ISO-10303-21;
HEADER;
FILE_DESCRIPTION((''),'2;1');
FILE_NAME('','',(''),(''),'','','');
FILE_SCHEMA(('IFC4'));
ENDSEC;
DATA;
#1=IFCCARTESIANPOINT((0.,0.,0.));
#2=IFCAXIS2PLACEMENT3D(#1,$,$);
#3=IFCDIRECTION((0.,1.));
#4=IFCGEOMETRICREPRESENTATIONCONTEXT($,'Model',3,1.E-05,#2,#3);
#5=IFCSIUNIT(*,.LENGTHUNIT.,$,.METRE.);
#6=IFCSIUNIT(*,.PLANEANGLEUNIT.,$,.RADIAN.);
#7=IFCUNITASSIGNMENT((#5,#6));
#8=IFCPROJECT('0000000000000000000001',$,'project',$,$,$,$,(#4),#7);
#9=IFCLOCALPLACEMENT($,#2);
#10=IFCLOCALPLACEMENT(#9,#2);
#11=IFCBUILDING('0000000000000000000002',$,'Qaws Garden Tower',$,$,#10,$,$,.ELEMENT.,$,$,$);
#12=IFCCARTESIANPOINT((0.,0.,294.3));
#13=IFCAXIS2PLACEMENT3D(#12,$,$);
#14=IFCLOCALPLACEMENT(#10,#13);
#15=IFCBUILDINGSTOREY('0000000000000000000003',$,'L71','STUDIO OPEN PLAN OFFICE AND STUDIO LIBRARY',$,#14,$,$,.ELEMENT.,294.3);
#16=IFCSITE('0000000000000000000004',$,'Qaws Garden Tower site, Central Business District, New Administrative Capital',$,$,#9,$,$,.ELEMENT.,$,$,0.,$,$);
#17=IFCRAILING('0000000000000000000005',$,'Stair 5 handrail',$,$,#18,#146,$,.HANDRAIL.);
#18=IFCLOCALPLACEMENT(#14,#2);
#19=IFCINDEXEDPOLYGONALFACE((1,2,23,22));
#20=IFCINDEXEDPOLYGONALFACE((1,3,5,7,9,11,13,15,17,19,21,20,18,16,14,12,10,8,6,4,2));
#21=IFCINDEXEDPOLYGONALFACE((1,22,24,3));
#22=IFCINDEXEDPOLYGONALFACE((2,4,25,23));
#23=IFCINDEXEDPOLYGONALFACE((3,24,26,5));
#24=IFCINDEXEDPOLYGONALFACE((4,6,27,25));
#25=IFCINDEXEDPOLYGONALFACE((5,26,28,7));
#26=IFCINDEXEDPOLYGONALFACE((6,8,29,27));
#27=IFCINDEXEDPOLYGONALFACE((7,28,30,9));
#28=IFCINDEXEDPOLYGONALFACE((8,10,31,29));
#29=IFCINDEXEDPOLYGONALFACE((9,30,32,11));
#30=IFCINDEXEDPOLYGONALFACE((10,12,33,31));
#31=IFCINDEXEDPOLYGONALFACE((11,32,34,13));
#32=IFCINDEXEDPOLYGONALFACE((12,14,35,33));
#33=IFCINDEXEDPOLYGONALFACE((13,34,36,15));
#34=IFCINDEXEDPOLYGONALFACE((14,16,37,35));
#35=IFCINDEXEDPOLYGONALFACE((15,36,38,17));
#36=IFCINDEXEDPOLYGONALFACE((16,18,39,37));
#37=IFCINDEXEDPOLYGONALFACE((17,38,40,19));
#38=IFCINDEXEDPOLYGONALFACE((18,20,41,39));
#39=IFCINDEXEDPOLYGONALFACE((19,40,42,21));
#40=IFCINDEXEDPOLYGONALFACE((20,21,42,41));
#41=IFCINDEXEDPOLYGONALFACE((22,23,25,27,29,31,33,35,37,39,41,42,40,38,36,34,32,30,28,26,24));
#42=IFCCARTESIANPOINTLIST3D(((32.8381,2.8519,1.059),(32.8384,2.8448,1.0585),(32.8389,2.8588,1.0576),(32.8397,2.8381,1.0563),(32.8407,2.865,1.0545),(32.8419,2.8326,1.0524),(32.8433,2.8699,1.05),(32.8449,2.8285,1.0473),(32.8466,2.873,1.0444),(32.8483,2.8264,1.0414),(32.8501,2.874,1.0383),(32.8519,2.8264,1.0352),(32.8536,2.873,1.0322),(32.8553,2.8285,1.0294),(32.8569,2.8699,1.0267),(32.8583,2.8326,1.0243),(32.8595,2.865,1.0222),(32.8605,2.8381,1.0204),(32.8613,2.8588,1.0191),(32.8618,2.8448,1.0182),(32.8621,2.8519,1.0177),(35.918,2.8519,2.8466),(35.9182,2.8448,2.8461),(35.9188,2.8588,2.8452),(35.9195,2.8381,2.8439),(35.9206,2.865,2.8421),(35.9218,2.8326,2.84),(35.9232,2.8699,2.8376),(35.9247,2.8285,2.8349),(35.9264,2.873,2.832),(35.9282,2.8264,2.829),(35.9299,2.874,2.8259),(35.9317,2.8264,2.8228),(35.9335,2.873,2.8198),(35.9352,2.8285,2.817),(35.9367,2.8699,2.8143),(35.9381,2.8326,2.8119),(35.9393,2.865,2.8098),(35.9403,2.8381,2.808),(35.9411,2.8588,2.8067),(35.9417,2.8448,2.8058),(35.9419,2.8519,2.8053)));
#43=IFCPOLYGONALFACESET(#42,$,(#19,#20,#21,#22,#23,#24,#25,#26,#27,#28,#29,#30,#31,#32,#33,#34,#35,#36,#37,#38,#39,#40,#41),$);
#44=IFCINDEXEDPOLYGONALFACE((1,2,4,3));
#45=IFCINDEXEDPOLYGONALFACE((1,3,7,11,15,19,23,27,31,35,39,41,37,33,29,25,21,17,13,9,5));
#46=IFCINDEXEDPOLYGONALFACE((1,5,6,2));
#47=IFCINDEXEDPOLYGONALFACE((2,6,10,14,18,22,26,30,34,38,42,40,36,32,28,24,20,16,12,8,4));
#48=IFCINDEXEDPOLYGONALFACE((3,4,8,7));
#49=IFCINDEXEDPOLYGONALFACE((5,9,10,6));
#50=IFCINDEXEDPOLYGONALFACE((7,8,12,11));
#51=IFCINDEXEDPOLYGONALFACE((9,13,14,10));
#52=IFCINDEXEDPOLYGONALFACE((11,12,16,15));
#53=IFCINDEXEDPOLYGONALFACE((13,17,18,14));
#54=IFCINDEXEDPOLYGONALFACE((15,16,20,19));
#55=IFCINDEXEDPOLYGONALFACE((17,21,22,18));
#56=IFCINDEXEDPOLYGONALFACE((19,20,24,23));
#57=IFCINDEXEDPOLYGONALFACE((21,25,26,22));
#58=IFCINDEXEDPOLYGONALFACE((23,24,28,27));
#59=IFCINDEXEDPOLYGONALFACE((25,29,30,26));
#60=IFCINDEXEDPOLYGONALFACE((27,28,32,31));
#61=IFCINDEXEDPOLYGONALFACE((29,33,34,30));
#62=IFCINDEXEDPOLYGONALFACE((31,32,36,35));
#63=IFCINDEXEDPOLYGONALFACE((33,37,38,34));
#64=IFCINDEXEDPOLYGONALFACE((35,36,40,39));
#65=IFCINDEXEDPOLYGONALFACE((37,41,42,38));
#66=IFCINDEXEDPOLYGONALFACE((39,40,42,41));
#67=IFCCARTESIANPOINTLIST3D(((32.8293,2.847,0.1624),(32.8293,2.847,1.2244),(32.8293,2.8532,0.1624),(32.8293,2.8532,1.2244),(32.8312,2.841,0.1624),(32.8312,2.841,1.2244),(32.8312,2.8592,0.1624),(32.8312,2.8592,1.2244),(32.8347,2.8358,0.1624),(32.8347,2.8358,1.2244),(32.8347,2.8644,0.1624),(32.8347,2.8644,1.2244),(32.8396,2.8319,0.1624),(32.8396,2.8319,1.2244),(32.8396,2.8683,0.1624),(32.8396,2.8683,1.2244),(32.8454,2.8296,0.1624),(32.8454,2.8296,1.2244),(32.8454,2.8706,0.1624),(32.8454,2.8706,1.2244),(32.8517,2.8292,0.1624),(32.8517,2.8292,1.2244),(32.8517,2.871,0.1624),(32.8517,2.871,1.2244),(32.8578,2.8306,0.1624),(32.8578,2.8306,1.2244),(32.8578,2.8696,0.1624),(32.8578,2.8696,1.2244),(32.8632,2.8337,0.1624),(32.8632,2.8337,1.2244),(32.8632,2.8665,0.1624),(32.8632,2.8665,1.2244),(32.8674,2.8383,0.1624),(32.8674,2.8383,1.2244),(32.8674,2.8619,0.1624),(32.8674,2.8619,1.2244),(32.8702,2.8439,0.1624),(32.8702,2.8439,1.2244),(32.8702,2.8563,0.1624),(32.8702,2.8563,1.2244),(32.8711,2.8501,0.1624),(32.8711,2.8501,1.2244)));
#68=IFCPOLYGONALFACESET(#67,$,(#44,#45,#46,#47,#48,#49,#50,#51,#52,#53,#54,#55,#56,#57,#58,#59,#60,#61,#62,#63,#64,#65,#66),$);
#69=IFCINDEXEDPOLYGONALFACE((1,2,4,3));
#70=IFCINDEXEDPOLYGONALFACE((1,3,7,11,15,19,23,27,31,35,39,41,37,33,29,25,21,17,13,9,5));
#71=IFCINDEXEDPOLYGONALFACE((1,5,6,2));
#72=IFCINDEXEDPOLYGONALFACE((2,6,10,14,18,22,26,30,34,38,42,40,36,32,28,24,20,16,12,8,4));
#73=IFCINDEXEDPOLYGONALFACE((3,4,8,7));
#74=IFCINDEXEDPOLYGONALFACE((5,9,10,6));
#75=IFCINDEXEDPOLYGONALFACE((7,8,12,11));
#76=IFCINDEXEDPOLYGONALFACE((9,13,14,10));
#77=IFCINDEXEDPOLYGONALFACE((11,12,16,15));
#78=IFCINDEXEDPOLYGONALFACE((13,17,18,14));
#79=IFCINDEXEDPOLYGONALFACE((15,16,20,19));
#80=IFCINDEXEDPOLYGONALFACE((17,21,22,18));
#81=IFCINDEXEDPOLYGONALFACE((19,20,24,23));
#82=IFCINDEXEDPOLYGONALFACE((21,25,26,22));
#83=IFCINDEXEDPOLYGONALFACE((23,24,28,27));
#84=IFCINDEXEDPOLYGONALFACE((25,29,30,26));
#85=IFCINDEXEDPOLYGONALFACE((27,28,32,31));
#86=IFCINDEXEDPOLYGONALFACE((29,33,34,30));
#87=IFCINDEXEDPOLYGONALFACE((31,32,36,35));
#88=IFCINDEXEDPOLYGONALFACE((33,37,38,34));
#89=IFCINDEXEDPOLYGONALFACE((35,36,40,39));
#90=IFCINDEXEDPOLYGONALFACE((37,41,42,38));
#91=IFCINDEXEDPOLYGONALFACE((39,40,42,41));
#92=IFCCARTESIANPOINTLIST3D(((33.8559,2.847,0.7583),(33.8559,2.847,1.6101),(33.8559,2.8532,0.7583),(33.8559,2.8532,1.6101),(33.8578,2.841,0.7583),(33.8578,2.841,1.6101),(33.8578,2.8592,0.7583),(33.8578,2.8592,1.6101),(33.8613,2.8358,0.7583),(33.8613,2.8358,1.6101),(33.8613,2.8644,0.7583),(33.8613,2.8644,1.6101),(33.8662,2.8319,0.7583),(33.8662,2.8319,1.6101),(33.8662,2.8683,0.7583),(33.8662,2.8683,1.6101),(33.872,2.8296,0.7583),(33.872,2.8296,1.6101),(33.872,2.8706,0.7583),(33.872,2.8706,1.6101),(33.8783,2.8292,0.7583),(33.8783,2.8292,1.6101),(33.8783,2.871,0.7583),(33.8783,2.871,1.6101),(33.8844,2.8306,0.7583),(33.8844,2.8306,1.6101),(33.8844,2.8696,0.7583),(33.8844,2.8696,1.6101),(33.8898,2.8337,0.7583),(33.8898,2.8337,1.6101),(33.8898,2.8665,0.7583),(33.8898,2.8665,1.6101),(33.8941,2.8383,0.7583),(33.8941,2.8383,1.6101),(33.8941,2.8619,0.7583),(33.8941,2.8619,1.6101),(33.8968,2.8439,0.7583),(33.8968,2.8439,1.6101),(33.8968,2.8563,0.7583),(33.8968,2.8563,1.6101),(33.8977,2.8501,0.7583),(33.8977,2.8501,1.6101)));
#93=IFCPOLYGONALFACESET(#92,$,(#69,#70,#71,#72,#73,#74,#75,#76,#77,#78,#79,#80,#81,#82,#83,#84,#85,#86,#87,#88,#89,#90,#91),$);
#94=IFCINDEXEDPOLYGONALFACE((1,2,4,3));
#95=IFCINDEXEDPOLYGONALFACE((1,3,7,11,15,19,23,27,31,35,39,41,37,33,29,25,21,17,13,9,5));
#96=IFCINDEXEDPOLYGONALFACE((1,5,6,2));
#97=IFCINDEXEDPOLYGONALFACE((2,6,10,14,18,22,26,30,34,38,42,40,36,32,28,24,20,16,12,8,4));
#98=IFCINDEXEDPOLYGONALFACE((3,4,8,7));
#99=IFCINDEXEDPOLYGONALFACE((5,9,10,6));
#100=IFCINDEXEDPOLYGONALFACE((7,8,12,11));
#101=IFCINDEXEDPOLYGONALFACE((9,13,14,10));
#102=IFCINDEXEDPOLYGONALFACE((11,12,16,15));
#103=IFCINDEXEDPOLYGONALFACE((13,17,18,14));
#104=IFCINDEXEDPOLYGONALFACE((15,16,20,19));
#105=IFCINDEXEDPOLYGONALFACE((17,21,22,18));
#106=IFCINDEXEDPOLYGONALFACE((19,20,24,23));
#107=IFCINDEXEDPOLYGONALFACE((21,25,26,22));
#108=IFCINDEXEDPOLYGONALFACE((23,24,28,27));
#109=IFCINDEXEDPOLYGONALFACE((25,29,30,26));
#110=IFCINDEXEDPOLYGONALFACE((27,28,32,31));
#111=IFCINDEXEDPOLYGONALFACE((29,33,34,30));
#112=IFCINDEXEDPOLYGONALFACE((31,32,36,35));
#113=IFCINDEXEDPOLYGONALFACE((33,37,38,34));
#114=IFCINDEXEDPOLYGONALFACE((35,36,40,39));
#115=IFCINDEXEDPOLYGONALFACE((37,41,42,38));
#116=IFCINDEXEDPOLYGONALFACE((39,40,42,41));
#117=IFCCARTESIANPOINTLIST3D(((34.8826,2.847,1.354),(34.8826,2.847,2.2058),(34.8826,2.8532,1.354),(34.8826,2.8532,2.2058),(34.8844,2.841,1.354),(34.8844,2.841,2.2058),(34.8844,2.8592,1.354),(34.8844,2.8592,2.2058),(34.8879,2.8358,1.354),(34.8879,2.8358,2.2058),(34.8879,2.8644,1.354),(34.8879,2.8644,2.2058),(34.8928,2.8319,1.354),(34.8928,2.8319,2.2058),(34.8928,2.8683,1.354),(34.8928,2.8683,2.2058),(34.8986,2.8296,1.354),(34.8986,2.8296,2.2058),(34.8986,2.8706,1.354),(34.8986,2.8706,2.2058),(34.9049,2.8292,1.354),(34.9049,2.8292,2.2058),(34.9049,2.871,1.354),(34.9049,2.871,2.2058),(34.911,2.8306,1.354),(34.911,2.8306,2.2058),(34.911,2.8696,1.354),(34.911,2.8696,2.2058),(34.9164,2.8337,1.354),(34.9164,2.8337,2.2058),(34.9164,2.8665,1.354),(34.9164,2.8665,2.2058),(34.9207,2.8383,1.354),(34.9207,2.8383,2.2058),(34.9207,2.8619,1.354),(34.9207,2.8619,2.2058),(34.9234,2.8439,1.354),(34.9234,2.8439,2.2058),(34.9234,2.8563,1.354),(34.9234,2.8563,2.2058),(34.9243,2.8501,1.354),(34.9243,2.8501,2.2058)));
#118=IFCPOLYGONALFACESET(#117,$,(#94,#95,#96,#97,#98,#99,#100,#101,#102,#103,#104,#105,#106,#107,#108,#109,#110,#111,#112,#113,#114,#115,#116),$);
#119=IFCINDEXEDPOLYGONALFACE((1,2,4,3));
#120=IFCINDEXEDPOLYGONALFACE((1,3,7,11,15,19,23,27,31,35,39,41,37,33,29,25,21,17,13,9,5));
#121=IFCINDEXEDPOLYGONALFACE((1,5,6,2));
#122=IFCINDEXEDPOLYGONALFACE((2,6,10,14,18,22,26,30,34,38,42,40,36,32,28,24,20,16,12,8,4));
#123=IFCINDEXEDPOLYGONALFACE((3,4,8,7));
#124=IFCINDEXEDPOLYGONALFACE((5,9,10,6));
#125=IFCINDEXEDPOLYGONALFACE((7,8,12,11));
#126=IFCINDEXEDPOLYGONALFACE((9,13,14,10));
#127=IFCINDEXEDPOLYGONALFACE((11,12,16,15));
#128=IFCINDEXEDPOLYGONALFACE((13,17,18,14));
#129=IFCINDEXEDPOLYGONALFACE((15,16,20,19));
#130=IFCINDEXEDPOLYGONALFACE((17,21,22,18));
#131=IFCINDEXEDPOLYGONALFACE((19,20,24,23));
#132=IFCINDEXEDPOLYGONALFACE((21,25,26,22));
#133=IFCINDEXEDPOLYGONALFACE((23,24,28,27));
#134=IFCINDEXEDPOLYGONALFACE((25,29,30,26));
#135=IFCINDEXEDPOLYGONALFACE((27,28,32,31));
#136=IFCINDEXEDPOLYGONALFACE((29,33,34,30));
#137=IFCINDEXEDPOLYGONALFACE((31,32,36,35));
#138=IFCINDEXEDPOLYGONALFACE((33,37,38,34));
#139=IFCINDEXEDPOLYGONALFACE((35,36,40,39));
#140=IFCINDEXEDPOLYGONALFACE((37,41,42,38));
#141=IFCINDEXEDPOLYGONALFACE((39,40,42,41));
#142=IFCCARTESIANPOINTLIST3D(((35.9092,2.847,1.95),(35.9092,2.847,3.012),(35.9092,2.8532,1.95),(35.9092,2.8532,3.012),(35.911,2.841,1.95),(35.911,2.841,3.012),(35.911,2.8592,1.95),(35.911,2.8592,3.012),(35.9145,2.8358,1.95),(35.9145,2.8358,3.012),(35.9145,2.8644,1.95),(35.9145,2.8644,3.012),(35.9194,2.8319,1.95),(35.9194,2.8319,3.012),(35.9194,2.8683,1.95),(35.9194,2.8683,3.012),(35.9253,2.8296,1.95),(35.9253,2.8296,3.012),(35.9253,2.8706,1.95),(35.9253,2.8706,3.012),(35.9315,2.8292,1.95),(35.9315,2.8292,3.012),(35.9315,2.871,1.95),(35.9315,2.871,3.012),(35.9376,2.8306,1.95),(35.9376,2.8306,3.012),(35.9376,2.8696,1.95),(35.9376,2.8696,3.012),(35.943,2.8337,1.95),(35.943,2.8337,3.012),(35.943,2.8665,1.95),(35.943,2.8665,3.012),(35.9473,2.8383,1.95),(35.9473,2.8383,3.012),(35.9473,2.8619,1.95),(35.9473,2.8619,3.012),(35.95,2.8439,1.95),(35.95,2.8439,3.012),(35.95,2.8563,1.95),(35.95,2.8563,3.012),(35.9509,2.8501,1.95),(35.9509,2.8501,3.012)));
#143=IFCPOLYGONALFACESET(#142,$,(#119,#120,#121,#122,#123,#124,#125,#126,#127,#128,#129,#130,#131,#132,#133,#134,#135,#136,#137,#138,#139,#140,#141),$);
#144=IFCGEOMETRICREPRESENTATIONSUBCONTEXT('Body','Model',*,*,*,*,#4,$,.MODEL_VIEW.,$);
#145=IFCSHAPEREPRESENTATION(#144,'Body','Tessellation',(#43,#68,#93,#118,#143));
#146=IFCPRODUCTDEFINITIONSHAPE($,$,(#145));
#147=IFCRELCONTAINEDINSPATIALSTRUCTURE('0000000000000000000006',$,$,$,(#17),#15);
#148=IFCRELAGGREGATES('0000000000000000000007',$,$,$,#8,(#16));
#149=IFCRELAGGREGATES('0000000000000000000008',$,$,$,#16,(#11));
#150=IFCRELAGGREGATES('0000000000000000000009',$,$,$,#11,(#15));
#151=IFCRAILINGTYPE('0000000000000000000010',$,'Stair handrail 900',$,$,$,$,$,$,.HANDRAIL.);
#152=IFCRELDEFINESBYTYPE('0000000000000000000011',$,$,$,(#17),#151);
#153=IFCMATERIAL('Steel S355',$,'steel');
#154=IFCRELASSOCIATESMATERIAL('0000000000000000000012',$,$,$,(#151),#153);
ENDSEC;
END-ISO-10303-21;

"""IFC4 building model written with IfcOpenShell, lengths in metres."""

from ifc_helpers import new_model, si_unit, direction, frame, origin, origin_2d, place, context, subcontext, project, spatial, circle, extrude, material, type_object, element, save


model = new_model("IFC4")

# Units and contexts
model_context = context("Model", 3, precision=1e-05, world=origin(), true_north=direction((0.0, 1.0)))
body_context = subcontext(model_context, "Body", "Model", "MODEL_VIEW")
ifc_project = project(units=[si_unit("LENGTHUNIT", "METRE"), si_unit("PLANEANGLEUNIT", "RADIAN")], contexts=[model_context])

# Site, building, storey
site_placement = place(None, origin())
site = spatial("IfcSite", under=ifc_project, at=site_placement, Name="Qaws Garden Tower site, Central Business District, New Administrative Capital", CompositionType="ELEMENT", RefElevation=0.0)
building_placement = place(site_placement, origin())
building = spatial("IfcBuilding", under=site, at=building_placement, Name="Qaws Garden Tower", CompositionType="ELEMENT")
storey_placement = place(building_placement, frame((0.0, 0.0, 294.3)))
storey = spatial("IfcBuildingStorey", under=building, at=storey_placement, Name="L71", Description="STUDIO OPEN PLAN OFFICE AND STUDIO LIBRARY", CompositionType="ELEMENT", Elevation=294.3)

# Railing
ifc_material_1 = material(Name="Steel S355", Category="steel")
railing_type = type_object("IfcRailingType", Name="Stair handrail 900", PredefinedType="HANDRAIL", material=ifc_material_1)
railing_1_placement = place(storey_placement, frame((32.8501, 2.8501, 0.1624)))
element("IfcRailing", 1, at=railing_1_placement, inside=storey, type_object=railing_type, Name="Stair 5 handrail", PredefinedType="HANDRAIL", context=body_context, shape_type="SweptSolid", body=[
    extrude(circle(Radius=0.0239, at=origin_2d()), frame((0.0, 0.0, 0.876), z_axis=(0.864873, 0.0, 0.50199), x_axis=(0.0, 1.0, 0.0)), (0.0, 0.0, 1.0), 3.561),
    extrude(circle(Radius=0.021, at=origin_2d()), origin(), (0.0, 0.0, 1.0), 1.062),
    extrude(circle(Radius=0.021, at=origin_2d()), frame((1.0266, 0.0, 0.5959)), (0.0, 0.0, 1.0), 0.8518),
    extrude(circle(Radius=0.021, at=origin_2d()), frame((2.0532, 0.0, 1.1917)), (0.0, 0.0, 1.0), 0.8518),
    extrude(circle(Radius=0.021, at=origin_2d()), frame((3.0798, 0.0, 1.7876)), (0.0, 0.0, 1.0), 1.062),
])

save(model, "model.ifc")
